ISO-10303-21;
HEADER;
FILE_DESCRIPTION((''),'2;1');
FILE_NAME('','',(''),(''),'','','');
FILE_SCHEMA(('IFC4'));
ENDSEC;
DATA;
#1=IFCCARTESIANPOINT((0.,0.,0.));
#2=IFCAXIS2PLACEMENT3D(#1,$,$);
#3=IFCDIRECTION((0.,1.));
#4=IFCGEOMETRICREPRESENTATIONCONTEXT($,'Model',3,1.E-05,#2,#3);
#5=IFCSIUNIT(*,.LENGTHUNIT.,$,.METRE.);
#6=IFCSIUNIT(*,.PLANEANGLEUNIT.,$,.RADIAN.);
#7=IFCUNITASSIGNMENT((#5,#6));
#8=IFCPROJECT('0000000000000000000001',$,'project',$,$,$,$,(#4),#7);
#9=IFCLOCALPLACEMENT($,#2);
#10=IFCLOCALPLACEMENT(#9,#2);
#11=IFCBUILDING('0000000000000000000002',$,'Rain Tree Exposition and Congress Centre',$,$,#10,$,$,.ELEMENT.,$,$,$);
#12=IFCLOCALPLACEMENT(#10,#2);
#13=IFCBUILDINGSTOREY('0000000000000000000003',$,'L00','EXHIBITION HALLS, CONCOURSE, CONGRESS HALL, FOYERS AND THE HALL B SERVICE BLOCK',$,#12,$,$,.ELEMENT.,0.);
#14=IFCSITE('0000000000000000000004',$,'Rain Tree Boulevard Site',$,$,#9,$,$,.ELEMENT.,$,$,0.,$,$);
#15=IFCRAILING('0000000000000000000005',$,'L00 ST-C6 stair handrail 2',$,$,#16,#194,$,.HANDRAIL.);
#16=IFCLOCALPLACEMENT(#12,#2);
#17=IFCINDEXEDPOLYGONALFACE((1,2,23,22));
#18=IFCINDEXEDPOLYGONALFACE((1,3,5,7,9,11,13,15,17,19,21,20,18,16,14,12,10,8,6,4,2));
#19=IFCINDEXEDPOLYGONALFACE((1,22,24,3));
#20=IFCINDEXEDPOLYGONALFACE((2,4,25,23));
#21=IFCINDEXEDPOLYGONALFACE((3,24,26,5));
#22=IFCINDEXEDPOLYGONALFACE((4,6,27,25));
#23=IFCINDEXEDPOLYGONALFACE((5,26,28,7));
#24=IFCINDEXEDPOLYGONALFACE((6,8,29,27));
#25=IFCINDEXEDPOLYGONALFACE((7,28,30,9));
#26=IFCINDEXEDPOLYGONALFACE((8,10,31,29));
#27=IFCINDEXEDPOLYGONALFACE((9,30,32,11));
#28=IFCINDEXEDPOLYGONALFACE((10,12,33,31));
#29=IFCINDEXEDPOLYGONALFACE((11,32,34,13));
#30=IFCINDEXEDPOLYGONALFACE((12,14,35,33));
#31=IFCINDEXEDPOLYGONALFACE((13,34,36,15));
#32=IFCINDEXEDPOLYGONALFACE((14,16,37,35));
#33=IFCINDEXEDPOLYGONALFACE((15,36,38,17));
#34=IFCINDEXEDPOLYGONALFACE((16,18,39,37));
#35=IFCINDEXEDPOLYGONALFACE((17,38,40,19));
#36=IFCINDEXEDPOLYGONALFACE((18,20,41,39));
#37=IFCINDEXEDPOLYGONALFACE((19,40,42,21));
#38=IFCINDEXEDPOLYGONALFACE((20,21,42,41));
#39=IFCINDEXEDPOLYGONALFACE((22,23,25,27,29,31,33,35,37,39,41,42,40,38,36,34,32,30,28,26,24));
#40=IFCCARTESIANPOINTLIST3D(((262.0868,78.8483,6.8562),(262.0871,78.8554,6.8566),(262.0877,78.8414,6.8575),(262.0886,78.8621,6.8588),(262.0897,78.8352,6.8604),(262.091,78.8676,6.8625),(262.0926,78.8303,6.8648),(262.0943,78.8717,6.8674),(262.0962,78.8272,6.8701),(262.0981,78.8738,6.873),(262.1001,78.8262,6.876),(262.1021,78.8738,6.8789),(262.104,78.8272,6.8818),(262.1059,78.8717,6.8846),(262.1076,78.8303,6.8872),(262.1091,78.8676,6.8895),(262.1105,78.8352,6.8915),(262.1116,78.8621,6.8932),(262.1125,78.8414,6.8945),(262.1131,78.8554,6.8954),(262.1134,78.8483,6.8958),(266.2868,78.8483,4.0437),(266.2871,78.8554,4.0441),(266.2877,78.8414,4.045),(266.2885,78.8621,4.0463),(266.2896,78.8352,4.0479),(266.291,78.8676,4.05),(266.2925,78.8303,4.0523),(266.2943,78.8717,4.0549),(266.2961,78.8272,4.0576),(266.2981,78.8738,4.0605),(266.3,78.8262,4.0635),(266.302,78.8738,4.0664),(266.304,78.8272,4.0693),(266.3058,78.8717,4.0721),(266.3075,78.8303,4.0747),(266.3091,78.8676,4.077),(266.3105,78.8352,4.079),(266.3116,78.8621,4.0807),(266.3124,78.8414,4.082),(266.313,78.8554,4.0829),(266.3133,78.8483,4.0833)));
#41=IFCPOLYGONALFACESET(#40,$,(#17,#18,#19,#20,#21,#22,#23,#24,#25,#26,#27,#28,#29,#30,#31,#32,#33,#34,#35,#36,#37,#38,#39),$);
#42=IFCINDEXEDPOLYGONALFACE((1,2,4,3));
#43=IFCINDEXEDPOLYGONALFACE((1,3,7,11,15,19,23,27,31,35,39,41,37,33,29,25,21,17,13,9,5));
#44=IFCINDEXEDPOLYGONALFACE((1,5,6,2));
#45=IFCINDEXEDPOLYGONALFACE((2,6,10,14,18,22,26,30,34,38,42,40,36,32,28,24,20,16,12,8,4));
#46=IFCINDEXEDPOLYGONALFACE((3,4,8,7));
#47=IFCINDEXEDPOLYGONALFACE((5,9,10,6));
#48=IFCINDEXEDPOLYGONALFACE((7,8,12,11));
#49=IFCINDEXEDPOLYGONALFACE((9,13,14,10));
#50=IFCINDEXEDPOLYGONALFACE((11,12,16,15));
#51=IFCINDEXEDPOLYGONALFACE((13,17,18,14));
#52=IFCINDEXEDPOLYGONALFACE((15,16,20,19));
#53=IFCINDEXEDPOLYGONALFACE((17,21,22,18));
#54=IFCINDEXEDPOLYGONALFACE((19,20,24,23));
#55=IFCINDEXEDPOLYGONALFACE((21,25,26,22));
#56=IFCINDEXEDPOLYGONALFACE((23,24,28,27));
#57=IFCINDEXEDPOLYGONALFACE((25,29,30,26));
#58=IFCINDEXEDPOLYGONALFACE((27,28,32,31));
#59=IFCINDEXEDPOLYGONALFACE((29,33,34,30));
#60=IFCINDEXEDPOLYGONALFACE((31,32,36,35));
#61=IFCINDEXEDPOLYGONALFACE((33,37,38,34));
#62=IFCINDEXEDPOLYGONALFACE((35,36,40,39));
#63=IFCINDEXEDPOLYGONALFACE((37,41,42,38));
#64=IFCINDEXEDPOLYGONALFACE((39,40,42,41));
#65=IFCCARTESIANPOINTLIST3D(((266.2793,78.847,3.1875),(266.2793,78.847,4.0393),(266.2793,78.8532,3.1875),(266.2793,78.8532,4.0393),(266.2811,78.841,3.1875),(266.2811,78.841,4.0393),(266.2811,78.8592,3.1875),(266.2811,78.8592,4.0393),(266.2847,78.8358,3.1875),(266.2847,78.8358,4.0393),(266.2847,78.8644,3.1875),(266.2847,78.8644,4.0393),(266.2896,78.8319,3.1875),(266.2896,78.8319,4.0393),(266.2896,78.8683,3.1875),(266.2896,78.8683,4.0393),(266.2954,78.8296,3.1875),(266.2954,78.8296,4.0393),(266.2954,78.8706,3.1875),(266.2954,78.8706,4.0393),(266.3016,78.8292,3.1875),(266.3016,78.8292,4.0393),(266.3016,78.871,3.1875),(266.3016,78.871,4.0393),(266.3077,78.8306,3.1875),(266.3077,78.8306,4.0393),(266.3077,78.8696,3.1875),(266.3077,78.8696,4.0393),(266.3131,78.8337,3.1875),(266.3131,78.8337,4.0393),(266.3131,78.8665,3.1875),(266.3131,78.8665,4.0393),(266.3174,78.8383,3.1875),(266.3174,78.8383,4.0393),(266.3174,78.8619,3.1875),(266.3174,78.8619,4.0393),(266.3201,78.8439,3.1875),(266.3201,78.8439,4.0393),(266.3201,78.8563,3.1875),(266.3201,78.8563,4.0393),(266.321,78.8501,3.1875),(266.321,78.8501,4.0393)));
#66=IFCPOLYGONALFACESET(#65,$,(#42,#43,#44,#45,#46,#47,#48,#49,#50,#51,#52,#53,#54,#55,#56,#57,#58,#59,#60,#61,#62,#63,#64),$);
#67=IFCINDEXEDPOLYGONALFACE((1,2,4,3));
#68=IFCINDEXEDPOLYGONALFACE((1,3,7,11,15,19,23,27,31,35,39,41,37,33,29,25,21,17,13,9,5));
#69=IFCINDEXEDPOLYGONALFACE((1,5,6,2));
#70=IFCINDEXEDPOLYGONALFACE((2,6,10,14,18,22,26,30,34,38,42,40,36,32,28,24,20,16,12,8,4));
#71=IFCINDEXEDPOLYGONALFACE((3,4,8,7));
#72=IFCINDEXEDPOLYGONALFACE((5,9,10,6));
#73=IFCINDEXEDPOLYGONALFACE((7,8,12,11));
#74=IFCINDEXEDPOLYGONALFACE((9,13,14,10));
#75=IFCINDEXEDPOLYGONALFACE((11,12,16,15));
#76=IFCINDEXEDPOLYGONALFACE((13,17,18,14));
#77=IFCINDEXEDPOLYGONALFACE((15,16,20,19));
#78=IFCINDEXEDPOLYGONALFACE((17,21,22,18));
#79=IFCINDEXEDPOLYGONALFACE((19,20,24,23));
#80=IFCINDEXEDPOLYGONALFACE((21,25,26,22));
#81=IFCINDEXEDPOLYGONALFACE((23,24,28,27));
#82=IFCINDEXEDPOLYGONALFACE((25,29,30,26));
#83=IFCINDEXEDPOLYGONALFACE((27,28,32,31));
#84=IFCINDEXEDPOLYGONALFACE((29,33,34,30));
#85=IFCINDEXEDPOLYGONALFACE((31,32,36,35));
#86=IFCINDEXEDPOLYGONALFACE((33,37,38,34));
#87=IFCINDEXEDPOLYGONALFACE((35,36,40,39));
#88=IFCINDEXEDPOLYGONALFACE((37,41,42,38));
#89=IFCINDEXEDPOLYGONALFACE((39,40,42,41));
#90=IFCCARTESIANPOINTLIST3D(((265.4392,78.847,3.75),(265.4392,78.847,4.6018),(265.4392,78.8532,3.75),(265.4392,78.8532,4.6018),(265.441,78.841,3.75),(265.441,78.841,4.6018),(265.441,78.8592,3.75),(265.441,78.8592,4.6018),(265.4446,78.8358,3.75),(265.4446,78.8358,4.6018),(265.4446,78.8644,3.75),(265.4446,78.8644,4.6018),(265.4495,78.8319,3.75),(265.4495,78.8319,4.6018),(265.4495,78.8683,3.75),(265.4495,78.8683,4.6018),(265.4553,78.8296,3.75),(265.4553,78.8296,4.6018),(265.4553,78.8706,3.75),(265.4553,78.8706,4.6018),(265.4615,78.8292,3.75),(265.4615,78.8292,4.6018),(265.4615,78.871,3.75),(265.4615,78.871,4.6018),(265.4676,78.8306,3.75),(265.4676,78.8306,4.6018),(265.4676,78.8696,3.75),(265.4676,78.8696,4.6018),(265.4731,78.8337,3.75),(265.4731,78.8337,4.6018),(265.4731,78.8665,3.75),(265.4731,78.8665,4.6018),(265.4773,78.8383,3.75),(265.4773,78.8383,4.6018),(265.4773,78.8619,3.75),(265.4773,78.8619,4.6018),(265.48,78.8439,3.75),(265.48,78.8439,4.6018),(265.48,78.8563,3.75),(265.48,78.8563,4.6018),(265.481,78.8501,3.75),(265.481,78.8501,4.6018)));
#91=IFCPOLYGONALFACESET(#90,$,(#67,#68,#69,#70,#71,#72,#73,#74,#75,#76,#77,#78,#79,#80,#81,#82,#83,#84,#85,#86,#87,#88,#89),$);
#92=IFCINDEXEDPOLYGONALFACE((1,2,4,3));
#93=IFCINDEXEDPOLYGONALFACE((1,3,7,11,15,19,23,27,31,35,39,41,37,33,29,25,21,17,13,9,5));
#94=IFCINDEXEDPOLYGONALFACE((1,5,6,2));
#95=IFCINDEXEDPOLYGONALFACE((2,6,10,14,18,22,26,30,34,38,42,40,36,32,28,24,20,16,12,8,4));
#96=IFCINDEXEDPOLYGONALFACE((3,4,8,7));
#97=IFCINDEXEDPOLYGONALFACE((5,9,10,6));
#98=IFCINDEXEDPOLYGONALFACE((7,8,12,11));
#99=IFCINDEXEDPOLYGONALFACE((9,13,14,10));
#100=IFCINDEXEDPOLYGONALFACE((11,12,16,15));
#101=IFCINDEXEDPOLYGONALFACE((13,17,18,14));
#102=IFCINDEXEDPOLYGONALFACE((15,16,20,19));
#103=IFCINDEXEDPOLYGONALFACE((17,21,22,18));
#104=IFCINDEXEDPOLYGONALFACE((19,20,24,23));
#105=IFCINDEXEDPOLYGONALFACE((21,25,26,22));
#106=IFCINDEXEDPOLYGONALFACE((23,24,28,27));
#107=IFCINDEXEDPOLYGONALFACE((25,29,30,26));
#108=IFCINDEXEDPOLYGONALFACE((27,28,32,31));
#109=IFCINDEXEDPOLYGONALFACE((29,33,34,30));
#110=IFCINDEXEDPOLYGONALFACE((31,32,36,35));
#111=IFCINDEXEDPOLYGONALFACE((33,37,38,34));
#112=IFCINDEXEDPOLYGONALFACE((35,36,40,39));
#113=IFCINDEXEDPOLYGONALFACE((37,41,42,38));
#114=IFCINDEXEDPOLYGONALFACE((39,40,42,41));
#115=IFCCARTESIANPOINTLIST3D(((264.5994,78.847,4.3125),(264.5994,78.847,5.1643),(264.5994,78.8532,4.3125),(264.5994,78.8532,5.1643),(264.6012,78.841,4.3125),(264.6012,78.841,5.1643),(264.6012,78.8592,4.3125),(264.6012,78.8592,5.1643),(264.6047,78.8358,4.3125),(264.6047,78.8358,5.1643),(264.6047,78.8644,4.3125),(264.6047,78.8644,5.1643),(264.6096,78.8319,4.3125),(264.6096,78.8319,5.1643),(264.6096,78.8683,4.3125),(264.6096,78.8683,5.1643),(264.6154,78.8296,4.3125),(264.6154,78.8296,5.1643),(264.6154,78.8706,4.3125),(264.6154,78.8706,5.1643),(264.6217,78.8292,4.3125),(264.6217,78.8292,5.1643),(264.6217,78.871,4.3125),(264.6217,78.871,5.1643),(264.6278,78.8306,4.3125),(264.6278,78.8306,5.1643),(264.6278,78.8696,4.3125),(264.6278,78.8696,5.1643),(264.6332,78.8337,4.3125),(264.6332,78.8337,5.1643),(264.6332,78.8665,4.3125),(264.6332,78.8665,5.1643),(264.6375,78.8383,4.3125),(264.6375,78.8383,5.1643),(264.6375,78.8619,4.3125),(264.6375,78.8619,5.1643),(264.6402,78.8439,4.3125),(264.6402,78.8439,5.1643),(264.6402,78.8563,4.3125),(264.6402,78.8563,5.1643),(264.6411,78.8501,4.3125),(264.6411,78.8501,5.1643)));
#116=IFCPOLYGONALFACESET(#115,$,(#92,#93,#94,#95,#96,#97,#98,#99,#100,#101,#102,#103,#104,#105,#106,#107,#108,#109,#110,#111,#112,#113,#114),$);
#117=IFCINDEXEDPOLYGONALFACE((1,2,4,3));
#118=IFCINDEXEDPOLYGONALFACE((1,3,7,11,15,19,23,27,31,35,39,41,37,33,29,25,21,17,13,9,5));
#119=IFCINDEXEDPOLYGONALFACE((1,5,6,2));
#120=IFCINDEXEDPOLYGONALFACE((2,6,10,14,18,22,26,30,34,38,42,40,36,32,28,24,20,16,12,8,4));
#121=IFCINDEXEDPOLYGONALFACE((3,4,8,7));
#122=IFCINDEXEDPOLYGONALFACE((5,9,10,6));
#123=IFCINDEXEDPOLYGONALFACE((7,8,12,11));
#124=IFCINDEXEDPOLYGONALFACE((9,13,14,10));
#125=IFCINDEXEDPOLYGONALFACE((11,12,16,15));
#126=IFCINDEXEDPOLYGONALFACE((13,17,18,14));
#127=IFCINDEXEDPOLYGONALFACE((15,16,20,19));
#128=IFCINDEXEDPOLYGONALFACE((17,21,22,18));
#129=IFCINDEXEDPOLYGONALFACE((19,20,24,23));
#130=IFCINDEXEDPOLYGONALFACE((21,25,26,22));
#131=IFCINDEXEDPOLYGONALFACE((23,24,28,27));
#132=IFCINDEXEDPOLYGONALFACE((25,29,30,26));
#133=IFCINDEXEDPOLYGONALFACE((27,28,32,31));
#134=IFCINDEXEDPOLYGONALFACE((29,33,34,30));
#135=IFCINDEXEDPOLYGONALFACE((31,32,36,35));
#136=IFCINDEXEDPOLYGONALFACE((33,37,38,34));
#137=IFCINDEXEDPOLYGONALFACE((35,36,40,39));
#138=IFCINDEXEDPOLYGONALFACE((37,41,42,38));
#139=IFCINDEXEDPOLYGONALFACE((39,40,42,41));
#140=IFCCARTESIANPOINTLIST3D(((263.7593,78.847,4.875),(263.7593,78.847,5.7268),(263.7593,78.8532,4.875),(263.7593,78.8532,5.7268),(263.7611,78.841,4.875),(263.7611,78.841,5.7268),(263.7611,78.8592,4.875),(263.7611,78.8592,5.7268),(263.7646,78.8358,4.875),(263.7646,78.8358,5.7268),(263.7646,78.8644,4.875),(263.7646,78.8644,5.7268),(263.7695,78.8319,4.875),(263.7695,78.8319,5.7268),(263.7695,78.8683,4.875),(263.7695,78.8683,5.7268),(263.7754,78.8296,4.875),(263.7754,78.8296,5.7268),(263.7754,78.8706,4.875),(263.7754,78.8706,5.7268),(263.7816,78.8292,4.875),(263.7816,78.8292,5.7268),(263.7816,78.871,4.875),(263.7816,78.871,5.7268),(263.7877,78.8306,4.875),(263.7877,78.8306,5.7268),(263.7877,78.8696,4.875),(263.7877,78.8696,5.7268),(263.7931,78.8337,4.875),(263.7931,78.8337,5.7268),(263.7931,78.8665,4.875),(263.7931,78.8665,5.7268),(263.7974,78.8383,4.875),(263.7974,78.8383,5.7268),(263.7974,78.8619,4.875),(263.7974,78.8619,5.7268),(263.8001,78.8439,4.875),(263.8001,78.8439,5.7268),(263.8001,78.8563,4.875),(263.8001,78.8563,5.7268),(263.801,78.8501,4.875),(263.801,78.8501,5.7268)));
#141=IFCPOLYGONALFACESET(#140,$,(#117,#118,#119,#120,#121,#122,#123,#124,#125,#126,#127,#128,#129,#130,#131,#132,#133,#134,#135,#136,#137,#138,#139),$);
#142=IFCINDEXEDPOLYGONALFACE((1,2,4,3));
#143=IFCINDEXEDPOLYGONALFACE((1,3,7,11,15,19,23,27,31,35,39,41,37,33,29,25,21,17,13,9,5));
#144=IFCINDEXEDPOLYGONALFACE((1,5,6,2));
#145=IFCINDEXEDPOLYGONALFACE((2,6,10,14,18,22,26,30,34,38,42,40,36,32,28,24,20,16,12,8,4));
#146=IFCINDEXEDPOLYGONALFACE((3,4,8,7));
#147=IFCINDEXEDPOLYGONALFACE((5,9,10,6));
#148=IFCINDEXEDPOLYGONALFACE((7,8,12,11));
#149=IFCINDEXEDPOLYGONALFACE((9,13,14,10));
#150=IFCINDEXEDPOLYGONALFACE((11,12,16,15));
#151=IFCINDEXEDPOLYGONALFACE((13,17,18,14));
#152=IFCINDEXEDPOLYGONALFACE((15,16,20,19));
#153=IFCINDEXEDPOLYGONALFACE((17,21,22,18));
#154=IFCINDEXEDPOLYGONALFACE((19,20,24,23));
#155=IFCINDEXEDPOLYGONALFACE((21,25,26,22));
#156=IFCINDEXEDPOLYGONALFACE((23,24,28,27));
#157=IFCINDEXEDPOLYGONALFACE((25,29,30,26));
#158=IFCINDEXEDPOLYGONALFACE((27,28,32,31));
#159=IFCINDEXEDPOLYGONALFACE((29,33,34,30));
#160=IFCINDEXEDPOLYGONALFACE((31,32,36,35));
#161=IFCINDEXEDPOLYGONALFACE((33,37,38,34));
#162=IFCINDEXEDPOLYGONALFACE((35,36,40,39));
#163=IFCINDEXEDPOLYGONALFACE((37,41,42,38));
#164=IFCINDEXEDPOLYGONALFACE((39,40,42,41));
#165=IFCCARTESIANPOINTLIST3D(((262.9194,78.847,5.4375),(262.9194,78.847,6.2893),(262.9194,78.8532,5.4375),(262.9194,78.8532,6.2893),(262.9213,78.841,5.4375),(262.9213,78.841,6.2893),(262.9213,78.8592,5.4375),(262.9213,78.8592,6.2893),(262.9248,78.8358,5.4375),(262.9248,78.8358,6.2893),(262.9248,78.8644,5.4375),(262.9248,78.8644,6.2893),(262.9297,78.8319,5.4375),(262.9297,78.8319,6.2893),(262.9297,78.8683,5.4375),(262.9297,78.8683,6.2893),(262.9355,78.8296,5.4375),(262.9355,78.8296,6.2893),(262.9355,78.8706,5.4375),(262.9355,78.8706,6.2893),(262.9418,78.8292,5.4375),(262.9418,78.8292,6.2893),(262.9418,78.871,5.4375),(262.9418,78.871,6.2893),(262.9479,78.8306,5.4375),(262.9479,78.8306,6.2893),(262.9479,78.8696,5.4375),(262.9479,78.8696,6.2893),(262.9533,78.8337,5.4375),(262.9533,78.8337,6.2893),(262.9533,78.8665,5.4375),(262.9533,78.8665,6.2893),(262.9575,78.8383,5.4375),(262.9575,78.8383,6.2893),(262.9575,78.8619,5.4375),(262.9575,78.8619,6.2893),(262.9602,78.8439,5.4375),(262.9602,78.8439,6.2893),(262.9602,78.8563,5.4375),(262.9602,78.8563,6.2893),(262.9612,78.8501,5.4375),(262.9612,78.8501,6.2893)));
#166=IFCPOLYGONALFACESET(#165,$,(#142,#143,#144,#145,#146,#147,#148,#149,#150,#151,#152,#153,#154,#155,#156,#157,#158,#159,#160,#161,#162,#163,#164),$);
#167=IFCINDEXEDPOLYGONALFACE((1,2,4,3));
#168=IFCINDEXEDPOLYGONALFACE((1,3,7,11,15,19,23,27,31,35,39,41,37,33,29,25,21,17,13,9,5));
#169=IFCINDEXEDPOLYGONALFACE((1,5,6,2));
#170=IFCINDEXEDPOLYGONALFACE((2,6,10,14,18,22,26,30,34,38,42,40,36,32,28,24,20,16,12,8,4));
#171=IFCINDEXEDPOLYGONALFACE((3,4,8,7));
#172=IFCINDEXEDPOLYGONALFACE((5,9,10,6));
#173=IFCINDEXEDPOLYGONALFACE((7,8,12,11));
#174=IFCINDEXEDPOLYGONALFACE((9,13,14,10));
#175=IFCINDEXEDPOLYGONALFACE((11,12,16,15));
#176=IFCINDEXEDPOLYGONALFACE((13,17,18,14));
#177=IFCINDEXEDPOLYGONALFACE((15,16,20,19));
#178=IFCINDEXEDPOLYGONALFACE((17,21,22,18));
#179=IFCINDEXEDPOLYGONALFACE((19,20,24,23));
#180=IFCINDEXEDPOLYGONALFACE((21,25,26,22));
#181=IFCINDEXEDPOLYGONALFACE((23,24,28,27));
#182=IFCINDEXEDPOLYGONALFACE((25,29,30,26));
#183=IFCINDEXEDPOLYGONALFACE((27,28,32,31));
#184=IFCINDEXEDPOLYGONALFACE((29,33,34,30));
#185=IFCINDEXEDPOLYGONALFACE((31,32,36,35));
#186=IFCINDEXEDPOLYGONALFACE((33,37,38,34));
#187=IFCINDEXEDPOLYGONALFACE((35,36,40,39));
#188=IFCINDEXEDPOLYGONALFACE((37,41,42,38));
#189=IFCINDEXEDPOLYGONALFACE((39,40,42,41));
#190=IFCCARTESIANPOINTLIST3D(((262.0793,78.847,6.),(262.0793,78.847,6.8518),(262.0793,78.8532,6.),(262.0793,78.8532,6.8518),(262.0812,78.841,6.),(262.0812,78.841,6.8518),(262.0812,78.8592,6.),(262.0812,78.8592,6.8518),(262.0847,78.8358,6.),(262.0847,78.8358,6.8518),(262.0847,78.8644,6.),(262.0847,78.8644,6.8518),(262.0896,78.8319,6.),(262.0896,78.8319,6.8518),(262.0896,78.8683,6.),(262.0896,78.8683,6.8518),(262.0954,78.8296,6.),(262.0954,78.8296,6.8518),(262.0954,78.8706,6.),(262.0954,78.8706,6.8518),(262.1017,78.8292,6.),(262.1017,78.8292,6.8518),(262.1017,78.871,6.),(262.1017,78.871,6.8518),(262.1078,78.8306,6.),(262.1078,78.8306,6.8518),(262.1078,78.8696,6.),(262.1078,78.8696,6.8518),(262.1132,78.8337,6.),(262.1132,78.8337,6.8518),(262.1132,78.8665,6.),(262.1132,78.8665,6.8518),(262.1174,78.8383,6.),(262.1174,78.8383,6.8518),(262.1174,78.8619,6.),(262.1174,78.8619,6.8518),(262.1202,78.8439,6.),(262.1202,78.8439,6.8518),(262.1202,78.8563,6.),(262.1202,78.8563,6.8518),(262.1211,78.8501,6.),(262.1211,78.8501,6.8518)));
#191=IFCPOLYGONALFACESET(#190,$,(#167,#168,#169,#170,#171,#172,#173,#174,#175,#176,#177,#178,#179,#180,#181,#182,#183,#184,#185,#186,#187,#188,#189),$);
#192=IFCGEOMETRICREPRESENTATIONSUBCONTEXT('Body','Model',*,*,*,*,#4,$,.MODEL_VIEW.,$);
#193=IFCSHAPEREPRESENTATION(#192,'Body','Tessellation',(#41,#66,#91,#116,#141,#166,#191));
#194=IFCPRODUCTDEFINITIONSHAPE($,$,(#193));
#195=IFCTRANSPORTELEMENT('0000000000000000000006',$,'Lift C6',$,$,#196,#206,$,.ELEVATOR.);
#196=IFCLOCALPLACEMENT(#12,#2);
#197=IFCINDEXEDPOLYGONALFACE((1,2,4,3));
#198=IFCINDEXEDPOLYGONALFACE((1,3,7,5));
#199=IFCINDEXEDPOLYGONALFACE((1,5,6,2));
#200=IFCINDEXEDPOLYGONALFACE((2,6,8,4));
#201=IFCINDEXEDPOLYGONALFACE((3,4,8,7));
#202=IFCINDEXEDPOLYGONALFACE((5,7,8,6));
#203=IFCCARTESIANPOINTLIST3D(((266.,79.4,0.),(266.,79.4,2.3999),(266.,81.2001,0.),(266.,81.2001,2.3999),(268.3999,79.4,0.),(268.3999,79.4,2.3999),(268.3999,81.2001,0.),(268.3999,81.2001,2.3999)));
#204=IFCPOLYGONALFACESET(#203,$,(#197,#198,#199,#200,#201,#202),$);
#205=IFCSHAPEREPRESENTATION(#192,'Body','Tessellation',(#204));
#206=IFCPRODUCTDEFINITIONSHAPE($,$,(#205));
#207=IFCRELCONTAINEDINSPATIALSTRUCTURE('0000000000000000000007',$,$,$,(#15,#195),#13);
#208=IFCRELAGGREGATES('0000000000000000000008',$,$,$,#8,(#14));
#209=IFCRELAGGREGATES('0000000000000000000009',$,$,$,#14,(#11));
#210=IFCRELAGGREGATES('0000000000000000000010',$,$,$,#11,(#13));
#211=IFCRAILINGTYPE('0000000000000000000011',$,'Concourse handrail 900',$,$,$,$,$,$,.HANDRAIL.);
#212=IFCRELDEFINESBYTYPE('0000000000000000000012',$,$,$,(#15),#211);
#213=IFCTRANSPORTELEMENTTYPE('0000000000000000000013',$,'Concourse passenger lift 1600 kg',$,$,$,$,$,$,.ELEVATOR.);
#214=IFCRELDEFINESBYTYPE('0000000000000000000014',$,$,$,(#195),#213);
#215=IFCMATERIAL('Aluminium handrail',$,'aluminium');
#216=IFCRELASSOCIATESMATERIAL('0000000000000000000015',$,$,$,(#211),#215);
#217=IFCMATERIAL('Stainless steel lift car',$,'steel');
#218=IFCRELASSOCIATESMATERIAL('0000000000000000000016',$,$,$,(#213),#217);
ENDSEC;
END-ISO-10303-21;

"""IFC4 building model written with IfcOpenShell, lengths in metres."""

from ifc_helpers import new_model, si_unit, direction, frame, origin, origin_2d, place, context, subcontext, project, spatial, rectangle, circle, extrude, material, type_object, element, save


model = new_model("IFC4")

# Units and contexts
model_context = context("Model", 3, precision=1e-05, world=origin(), true_north=direction((0.0, 1.0)))
body_context = subcontext(model_context, "Body", "Model", "MODEL_VIEW")
ifc_project = project(units=[si_unit("LENGTHUNIT", "METRE"), si_unit("PLANEANGLEUNIT", "RADIAN")], contexts=[model_context])

# Site, building, storey
site_placement = place(None, origin())
site = spatial("IfcSite", under=ifc_project, at=site_placement, Name="Rain Tree Boulevard Site", CompositionType="ELEMENT", RefElevation=0.0)
building_placement = place(site_placement, origin())
building = spatial("IfcBuilding", under=site, at=building_placement, Name="Rain Tree Exposition and Congress Centre", CompositionType="ELEMENT")
storey_placement = place(building_placement, origin())
storey = spatial("IfcBuildingStorey", under=building, at=storey_placement, Name="L00", Description="EXHIBITION HALLS, CONCOURSE, CONGRESS HALL, FOYERS AND THE HALL B SERVICE BLOCK", CompositionType="ELEMENT", Elevation=0.0)

# Railing
ifc_material_1 = material(Name="Aluminium handrail", Category="aluminium")
railing_type_1 = type_object("IfcRailingType", Name="Concourse handrail 900", PredefinedType="HANDRAIL", material=ifc_material_1)
railing_1_placement = place(storey_placement, frame((266.3, 78.8501, 3.1875)))
element("IfcRailing", 1, at=railing_1_placement, inside=storey, type_object=railing_type_1, Name="L00 ST-C6 stair handrail 2", PredefinedType="HANDRAIL", context=body_context, shape_type="SweptSolid", body=[
    extrude(circle(Radius=0.0239, at=origin_2d()), frame((0.0, 0.0, 0.876), z_axis=(-0.830904, 0.0, 0.556416), x_axis=(0.0, -1.0, 0.0)), (0.0, 0.0, 1.0), 5.0547),
    extrude(circle(Radius=0.021, at=origin_2d()), origin(), (0.0, 0.0, 1.0), 0.8518),
    extrude(circle(Radius=0.021, at=origin_2d()), frame((-0.8401, 0.0, 0.5625)), (0.0, 0.0, 1.0), 0.8518),
    extrude(circle(Radius=0.021, at=origin_2d()), frame((-1.6799, 0.0, 1.125)), (0.0, 0.0, 1.0), 0.8518),
    extrude(circle(Radius=0.021, at=origin_2d()), frame((-2.52, 0.0, 1.6875)), (0.0, 0.0, 1.0), 0.8518),
    extrude(circle(Radius=0.021, at=origin_2d()), frame((-3.3599, 0.0, 2.25)), (0.0, 0.0, 1.0), 0.8518),
    extrude(circle(Radius=0.021, at=origin_2d()), frame((-4.2, 0.0, 2.8125)), (0.0, 0.0, 1.0), 0.8518),
])

# Transport element
ifc_material_2 = material(Name="Stainless steel lift car", Category="steel")
transport_element_type = type_object("IfcTransportElementType", Name="Concourse passenger lift 1600 kg", PredefinedType="ELEVATOR", material=ifc_material_2)
transport_element_placement = place(storey_placement, frame((267.2, 80.3, 0.0), z_axis=(0.0, 0.0, 1.0), x_axis=(1.0, 0.0, 0.0)))
element("IfcTransportElement", 2, at=transport_element_placement, inside=storey, type_object=transport_element_type, Name="Lift C6", PredefinedType="ELEVATOR", context=body_context, shape_type="SweptSolid", body=[
    extrude(rectangle(XDim=2.3999, YDim=1.8, at=origin_2d()), origin(), (0.0, 0.0, 1.0), 2.3999),
])

save(model, "model.ifc")
